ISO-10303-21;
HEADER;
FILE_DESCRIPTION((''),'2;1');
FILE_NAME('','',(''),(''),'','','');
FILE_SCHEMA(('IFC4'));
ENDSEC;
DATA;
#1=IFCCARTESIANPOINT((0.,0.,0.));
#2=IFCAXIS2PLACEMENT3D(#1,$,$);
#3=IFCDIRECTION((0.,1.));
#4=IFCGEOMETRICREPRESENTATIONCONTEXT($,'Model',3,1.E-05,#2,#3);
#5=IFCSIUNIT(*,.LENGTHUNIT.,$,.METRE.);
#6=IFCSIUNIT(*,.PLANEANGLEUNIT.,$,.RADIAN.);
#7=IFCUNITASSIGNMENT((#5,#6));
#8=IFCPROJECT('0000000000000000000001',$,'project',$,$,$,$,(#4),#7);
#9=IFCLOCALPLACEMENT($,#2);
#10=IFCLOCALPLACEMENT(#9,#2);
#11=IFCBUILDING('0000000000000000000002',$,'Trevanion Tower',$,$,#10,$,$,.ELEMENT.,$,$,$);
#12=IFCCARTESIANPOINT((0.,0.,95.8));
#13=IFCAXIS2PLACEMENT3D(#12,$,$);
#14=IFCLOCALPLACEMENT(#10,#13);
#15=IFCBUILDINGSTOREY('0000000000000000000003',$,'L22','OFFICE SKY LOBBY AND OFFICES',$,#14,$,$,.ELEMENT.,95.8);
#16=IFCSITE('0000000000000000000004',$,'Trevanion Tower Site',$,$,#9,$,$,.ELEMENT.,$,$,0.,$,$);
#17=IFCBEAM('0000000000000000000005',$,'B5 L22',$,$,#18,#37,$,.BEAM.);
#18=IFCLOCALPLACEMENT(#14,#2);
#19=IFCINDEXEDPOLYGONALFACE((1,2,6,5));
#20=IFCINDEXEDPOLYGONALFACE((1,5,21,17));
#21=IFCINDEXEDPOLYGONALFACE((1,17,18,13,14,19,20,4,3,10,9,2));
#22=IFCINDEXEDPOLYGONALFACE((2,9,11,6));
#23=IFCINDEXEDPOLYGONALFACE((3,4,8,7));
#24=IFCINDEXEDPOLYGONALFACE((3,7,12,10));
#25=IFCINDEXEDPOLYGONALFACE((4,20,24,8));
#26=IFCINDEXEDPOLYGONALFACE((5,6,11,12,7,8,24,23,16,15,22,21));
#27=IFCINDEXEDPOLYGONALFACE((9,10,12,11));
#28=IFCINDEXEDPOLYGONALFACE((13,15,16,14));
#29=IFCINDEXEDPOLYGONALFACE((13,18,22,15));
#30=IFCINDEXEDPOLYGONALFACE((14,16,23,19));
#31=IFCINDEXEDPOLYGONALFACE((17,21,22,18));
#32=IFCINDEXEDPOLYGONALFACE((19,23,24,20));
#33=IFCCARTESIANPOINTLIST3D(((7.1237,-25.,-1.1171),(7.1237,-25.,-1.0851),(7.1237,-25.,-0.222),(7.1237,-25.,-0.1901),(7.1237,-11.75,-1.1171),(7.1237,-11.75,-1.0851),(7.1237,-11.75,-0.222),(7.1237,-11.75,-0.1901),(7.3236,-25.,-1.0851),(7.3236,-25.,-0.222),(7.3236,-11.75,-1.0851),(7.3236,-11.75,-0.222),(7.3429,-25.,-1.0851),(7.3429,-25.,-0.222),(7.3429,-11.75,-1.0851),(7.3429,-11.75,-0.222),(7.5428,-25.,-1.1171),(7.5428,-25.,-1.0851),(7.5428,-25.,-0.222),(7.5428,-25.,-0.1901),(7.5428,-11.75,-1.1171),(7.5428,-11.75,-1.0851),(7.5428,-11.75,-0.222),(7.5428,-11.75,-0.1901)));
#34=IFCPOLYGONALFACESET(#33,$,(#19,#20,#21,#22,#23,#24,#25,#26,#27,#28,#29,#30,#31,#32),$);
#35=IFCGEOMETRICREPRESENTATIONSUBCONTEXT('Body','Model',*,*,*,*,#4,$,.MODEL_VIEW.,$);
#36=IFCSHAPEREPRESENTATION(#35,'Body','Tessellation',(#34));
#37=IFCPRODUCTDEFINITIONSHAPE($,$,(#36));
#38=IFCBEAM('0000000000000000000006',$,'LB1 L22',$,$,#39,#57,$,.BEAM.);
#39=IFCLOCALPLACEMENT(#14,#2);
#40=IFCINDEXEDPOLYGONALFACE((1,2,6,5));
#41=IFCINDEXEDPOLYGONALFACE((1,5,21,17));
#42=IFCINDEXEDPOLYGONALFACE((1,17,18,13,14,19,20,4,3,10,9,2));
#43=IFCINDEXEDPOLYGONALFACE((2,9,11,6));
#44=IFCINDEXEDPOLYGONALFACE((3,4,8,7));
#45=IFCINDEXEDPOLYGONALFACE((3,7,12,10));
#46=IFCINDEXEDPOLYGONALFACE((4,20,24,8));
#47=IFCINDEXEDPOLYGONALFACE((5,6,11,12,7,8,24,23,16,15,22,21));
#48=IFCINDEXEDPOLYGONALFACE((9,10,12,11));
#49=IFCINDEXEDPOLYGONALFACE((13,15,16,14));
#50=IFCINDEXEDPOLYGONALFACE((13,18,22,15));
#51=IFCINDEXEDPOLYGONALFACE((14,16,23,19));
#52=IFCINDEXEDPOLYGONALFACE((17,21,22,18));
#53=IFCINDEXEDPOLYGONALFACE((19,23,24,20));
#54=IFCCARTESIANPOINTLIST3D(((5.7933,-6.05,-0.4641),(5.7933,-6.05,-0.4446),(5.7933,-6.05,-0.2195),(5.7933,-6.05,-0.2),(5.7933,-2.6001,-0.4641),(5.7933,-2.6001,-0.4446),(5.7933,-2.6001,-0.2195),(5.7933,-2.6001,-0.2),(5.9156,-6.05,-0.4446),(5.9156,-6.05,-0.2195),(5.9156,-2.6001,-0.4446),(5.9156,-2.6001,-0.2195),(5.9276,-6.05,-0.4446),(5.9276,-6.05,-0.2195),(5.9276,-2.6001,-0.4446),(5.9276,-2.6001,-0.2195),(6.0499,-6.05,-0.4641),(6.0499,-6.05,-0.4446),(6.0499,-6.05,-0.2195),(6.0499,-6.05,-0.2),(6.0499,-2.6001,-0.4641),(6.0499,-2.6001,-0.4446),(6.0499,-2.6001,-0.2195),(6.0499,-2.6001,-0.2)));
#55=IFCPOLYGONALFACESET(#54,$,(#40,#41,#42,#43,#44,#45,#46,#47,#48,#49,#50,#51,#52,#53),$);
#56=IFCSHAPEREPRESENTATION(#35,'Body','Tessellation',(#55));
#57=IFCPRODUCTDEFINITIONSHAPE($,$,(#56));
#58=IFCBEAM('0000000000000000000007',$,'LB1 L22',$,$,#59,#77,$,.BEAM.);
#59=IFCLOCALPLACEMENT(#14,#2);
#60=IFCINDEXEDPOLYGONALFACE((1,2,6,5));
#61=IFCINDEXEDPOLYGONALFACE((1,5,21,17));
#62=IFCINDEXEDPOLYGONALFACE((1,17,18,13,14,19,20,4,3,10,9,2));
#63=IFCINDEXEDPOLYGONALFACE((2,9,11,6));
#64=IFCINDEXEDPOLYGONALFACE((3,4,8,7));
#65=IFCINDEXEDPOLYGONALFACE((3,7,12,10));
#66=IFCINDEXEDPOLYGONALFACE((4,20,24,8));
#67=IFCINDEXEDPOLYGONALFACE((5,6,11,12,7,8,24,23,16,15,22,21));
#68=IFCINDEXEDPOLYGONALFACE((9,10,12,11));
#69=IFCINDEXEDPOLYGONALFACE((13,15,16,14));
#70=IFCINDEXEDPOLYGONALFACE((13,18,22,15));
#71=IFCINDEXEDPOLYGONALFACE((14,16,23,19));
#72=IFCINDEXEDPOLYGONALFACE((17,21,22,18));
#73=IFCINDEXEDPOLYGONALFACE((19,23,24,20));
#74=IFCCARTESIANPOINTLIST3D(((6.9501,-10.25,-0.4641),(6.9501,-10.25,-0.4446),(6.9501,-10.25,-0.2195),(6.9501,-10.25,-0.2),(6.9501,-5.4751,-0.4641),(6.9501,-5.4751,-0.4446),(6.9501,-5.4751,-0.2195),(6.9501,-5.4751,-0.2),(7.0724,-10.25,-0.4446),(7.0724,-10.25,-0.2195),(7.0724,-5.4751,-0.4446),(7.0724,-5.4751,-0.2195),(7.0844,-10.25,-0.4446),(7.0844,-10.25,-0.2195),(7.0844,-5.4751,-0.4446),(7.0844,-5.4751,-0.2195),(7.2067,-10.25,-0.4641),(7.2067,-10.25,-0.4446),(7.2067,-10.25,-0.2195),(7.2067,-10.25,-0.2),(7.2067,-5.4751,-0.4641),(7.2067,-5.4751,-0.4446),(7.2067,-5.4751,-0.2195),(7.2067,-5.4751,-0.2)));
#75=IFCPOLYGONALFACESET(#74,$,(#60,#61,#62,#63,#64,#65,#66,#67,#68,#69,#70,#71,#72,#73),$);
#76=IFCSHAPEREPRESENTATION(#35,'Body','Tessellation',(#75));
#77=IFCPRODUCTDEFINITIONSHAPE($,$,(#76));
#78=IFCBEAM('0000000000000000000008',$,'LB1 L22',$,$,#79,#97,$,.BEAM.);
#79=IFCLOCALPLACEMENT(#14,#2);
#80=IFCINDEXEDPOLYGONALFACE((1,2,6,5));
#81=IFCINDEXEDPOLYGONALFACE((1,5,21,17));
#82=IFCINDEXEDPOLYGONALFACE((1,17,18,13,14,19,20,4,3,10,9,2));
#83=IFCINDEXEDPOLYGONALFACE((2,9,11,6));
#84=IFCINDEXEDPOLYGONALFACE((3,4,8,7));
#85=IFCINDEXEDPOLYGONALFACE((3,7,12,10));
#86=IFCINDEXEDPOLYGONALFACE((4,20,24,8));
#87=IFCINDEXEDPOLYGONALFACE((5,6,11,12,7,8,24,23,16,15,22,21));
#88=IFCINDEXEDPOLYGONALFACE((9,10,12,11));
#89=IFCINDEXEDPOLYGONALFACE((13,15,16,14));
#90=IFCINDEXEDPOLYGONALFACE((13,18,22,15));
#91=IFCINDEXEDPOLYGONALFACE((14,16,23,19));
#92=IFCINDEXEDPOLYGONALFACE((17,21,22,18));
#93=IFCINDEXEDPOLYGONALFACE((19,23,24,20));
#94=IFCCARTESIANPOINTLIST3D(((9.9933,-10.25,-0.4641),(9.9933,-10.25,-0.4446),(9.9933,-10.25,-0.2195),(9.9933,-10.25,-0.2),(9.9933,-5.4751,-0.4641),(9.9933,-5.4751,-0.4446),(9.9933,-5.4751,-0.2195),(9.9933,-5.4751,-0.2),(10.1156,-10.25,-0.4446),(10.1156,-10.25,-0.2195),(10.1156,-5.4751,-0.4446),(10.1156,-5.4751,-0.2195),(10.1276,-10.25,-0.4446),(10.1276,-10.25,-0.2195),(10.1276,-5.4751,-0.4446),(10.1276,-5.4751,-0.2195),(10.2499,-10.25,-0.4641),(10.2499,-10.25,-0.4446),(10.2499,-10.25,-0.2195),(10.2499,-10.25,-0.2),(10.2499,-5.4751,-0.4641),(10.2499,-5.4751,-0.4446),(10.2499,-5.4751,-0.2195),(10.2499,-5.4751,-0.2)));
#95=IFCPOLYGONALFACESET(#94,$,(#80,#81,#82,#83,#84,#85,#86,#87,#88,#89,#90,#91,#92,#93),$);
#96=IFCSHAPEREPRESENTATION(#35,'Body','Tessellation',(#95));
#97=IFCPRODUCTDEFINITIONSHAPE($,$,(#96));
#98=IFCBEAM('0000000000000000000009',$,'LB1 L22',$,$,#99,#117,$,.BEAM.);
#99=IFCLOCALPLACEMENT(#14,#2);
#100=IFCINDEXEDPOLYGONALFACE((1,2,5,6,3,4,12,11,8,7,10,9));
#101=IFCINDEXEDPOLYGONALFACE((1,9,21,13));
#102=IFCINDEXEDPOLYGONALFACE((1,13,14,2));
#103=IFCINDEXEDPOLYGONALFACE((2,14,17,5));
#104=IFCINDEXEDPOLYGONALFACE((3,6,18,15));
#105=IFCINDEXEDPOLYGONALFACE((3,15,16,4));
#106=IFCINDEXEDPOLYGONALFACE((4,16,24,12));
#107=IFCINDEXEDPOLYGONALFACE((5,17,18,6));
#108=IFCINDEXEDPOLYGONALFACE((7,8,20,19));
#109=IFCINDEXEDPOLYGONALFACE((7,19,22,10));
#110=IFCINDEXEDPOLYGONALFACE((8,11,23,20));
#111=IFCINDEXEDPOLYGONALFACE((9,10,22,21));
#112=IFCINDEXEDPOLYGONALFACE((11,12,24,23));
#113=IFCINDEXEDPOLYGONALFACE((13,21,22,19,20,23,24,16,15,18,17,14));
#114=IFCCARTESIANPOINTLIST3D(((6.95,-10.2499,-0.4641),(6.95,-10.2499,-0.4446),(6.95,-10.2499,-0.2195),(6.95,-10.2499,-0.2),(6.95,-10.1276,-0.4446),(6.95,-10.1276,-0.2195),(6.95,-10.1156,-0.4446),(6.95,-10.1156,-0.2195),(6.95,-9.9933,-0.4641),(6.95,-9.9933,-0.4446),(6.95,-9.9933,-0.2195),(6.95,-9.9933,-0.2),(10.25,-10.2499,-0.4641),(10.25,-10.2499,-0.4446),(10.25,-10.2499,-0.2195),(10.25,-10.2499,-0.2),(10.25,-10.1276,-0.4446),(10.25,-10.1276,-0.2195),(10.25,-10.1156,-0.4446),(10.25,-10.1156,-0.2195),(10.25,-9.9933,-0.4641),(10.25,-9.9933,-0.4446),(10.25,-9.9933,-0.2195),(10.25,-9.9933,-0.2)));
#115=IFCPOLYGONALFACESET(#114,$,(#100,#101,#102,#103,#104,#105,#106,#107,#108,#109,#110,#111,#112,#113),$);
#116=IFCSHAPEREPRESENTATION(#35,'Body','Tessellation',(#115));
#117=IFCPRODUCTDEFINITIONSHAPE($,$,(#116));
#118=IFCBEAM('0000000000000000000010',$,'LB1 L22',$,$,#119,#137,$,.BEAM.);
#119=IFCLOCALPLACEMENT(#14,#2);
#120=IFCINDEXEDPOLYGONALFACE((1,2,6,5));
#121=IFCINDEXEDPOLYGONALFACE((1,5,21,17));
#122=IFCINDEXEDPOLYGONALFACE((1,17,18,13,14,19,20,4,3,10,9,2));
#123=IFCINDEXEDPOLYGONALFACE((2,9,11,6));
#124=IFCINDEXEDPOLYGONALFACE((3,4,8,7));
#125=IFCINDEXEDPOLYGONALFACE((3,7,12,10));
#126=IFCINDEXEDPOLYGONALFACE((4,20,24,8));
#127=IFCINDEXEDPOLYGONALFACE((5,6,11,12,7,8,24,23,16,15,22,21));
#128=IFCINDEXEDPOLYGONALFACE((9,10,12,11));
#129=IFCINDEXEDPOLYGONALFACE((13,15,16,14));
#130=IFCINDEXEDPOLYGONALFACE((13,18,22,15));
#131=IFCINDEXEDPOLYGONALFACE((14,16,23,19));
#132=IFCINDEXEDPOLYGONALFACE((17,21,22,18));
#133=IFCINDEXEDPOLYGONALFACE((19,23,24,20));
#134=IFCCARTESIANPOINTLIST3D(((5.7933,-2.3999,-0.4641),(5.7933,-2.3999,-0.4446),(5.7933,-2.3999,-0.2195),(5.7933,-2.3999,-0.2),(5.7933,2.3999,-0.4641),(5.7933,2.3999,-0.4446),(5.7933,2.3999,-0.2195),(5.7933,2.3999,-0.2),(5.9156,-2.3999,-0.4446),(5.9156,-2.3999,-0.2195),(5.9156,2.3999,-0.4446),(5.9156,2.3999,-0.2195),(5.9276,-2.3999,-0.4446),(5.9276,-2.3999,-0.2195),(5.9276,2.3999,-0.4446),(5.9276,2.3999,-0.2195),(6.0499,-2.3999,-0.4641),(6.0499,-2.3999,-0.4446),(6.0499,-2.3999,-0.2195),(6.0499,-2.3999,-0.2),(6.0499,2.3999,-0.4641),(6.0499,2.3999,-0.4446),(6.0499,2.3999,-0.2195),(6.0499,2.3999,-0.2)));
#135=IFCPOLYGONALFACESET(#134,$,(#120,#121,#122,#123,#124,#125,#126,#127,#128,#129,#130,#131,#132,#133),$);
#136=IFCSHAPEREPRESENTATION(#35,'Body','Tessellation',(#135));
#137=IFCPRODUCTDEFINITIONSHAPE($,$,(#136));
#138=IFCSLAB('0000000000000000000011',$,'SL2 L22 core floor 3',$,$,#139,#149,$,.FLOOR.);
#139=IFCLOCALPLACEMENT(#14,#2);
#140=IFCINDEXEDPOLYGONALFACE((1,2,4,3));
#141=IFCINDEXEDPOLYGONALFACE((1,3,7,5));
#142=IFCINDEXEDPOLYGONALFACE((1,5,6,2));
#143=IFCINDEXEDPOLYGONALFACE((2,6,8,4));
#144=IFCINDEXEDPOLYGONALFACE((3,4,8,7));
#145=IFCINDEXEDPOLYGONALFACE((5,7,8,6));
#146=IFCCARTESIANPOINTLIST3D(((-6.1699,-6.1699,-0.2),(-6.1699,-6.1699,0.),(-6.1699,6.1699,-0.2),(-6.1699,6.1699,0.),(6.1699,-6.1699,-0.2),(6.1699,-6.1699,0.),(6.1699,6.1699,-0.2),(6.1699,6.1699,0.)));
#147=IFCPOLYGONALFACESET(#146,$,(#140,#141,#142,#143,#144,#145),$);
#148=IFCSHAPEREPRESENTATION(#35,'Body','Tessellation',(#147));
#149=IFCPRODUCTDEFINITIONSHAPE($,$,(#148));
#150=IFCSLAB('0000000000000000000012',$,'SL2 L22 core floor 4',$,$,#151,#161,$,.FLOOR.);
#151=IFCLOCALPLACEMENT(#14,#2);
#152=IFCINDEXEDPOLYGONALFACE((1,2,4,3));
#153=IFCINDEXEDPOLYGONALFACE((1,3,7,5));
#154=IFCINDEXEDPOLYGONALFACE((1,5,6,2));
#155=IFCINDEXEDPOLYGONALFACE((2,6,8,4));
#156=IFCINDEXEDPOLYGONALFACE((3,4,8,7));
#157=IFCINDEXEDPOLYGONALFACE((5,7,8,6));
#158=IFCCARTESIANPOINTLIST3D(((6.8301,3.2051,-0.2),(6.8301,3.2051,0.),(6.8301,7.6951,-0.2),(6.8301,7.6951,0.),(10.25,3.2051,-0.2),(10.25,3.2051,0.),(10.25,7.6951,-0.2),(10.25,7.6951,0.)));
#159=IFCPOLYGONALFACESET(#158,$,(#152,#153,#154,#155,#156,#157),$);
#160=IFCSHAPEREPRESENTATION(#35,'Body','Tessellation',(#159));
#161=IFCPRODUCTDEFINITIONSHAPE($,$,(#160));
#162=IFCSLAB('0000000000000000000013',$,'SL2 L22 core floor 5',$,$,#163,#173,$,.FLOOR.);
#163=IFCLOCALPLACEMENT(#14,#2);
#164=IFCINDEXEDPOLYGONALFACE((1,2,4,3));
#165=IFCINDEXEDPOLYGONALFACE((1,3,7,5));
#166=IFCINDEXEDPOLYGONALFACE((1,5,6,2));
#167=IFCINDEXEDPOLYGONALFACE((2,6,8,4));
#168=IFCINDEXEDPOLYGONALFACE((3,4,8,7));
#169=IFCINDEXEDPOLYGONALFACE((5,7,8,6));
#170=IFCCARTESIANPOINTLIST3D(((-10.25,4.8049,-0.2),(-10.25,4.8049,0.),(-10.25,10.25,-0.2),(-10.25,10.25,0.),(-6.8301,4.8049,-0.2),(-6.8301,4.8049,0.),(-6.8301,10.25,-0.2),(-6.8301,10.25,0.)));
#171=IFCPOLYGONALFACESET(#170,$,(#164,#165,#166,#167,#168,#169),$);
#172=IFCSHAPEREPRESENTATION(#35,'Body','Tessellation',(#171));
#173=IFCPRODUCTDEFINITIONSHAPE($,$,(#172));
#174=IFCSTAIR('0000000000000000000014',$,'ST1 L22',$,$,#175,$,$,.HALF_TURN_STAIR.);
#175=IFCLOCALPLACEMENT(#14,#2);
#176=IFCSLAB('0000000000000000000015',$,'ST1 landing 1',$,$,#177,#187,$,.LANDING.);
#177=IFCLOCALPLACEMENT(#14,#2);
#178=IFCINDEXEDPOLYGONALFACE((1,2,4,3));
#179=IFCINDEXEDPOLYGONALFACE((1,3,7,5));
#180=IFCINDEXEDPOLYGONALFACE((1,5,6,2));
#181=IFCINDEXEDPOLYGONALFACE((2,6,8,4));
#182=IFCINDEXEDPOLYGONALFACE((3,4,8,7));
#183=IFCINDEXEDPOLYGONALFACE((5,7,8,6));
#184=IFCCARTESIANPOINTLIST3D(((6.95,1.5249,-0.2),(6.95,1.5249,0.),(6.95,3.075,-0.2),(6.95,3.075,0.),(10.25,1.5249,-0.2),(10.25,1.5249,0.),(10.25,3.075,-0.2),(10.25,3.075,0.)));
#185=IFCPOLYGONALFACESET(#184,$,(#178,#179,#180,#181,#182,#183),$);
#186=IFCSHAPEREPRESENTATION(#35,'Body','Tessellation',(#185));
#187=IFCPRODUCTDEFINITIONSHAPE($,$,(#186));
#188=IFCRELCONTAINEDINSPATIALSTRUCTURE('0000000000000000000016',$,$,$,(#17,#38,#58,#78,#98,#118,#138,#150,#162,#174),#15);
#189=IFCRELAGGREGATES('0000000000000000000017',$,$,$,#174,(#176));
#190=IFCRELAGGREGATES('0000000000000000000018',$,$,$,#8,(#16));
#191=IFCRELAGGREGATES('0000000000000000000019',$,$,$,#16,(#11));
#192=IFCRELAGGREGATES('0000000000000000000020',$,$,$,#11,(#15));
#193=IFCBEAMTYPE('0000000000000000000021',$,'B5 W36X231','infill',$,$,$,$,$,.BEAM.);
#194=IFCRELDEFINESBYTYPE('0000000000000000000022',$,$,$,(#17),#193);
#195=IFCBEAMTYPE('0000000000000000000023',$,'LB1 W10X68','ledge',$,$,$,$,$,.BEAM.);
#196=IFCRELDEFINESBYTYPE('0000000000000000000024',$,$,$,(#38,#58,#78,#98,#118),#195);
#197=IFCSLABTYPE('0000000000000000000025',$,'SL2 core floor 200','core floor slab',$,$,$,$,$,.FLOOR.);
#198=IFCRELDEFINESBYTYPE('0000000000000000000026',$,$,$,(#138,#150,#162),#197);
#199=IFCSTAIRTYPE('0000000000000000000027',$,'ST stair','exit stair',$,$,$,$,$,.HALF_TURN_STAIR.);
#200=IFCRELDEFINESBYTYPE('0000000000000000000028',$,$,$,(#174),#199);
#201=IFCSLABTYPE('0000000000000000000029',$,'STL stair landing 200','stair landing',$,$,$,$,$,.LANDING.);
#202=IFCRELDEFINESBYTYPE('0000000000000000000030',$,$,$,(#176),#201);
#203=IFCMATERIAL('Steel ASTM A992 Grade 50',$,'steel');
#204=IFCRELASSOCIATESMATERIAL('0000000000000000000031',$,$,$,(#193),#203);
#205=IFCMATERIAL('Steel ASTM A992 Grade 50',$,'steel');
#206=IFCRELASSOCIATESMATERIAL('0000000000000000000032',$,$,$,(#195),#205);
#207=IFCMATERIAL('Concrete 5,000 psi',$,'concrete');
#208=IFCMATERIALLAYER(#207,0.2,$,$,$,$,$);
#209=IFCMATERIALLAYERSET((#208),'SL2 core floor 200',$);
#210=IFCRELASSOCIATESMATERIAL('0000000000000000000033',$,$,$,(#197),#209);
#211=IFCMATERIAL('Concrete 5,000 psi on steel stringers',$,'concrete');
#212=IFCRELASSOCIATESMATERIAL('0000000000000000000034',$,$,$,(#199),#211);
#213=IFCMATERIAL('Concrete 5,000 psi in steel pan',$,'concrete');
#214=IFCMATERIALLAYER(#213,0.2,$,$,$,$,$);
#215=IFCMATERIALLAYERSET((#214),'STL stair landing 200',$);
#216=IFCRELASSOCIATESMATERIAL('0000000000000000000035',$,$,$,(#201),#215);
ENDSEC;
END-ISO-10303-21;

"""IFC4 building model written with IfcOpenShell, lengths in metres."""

from ifc_helpers import new_model, si_unit, direction, frame, origin, origin_2d, place, context, subcontext, project, spatial, polyline, i_section, outline, extrude, material, layer, layer_set, material_profile, profile_set, type_object, element, aggregate, save


model = new_model("IFC4")

# Units and contexts
model_context = context("Model", 3, precision=1e-05, world=origin(), true_north=direction((0.0, 1.0)))
body_context = subcontext(model_context, "Body", "Model", "MODEL_VIEW")
ifc_project = project(units=[si_unit("LENGTHUNIT", "METRE"), si_unit("PLANEANGLEUNIT", "RADIAN")], contexts=[model_context])

# Site, building, storey
site_placement = place(None, origin())
site = spatial("IfcSite", under=ifc_project, at=site_placement, Name="Trevanion Tower Site", CompositionType="ELEMENT", RefElevation=0.0)
building_placement = place(site_placement, origin())
building = spatial("IfcBuilding", under=site, at=building_placement, Name="Trevanion Tower", CompositionType="ELEMENT")
storey_placement = place(building_placement, frame((0.0, 0.0, 95.8)))
storey = spatial("IfcBuildingStorey", under=building, at=storey_placement, Name="L22", Description="OFFICE SKY LOBBY AND OFFICES", CompositionType="ELEMENT", Elevation=95.8)

# Beams
ifc_material_1 = material(Name="Steel ASTM A992 Grade 50", Category="steel")
ifc_material_profile_1 = material_profile(ifc_material_1, i_section(OverallWidth=0.4192, OverallDepth=0.927, WebThickness=0.0193, FlangeThickness=0.032, at=origin_2d()), Name="W36X231")
ifc_profile_set_1 = profile_set([ifc_material_profile_1], Name="Steel ASTM A992 Grade 50")
beam_type_1 = type_object("IfcBeamType", Name="B5 W36X231", Description="infill", PredefinedType="BEAM", material=ifc_profile_set_1)
beam_1_placement = place(storey_placement, frame((7.3333, -11.75, -0.6536), z_axis=(0.0, -1.0, 0.0), x_axis=(1.0, 0.0, 0.0)))
element("IfcBeam", 1, at=beam_1_placement, inside=storey, type_object=beam_type_1, Name="B5 L22", PredefinedType="BEAM", context=body_context, shape_type="SweptSolid", body=[
    extrude(i_section(OverallWidth=0.4192, OverallDepth=0.927, WebThickness=0.0193, FlangeThickness=0.032, at=origin_2d()), origin(), (0.0, 0.0, 1.0), 13.25),
])
ifc_material_2 = material(Name="Steel ASTM A992 Grade 50", Category="steel")
ifc_material_profile_2 = material_profile(ifc_material_2, i_section(OverallWidth=0.2566, OverallDepth=0.2642, WebThickness=0.012, FlangeThickness=0.0195, at=origin_2d()), Name="W10X68")
ifc_profile_set_2 = profile_set([ifc_material_profile_2], Name="Steel ASTM A992 Grade 50")
beam_type_2 = type_object("IfcBeamType", Name="LB1 W10X68", Description="ledge", PredefinedType="BEAM", material=ifc_profile_set_2)
beam_2_placement = place(storey_placement, frame((5.9216, -6.05, -0.332), z_axis=(0.0, 1.0, 0.0), x_axis=(-1.0, 0.0, 0.0)))
element("IfcBeam", 2, at=beam_2_placement, inside=storey, type_object=beam_type_2, Name="LB1 L22", PredefinedType="BEAM", context=body_context, shape_type="SweptSolid", body=[
    extrude(i_section(OverallWidth=0.2566, OverallDepth=0.2642, WebThickness=0.012, FlangeThickness=0.0195, at=origin_2d()), origin(), (0.0, 0.0, 1.0), 3.45),
])
for number, where, z_axis, x_axis, name in (
    (3, (7.0784, -10.25, -0.332), (0.0, 1.0, 0.0), (-1.0, 0.0, 0.0), "LB1 L22"),
    (4, (10.1216, -10.25, -0.332), (0.0, 1.0, 0.0), (-1.0, 0.0, 0.0), "LB1 L22"),
):
    element("IfcBeam", number, at=place(storey_placement, frame(where, z_axis=z_axis, x_axis=x_axis)), inside=storey, type_object=beam_type_2, Name=name, PredefinedType="BEAM", context=body_context, shape_type="SweptSolid", body=[
        extrude(i_section(OverallWidth=0.2566, OverallDepth=0.2642, WebThickness=0.012, FlangeThickness=0.0195, at=origin_2d()), origin(), (0.0, 0.0, 1.0), 4.7749),
    ])
beam_3_placement = place(storey_placement, frame((6.95, -10.1216, -0.332), z_axis=(1.0, 0.0, 0.0), x_axis=(0.0, 1.0, 0.0)))
element("IfcBeam", 5, at=beam_3_placement, inside=storey, type_object=beam_type_2, Name="LB1 L22", PredefinedType="BEAM", context=body_context, shape_type="SweptSolid", body=[
    extrude(i_section(OverallWidth=0.2566, OverallDepth=0.2642, WebThickness=0.012, FlangeThickness=0.0195, at=origin_2d()), origin(), (0.0, 0.0, 1.0), 3.3),
])
beam_4_placement = place(storey_placement, frame((5.9216, -2.3999, -0.332), z_axis=(0.0, 1.0, 0.0), x_axis=(-1.0, 0.0, 0.0)))
element("IfcBeam", 6, at=beam_4_placement, inside=storey, type_object=beam_type_2, Name="LB1 L22", PredefinedType="BEAM", context=body_context, shape_type="SweptSolid", body=[
    extrude(i_section(OverallWidth=0.2566, OverallDepth=0.2642, WebThickness=0.012, FlangeThickness=0.0195, at=origin_2d()), origin(), (0.0, 0.0, 1.0), 4.7998),
])

# Slabs
ifc_material_3 = material(Name="Concrete 5,000 psi", Category="concrete")
ifc_layer_1 = layer(ifc_material_3, 0.2)
ifc_layer_set_1 = layer_set([ifc_layer_1], Name="SL2 core floor 200")
slab_type_1 = type_object("IfcSlabType", Name="SL2 core floor 200", Description="core floor slab", PredefinedType="FLOOR", material=ifc_layer_set_1)
slab_1_placement = place(storey_placement, frame((0.0, 0.0, -0.2)))
element("IfcSlab", 7, at=slab_1_placement, inside=storey, type_object=slab_type_1, Name="SL2 L22 core floor 3", PredefinedType="FLOOR", context=body_context, shape_type="SweptSolid", body=[
    extrude(outline(polyline([(6.1699, -6.1699), (-6.1699, -6.1699), (-6.1699, 6.1699), (6.1699, 6.1699), (6.1699, -6.1699)])), origin(), (0.0, 0.0, 1.0), 0.2),
])
slab_2_placement = place(storey_placement, frame((0.0, 0.0, -0.2)))
element("IfcSlab", 8, at=slab_2_placement, inside=storey, type_object=slab_type_1, Name="SL2 L22 core floor 4", PredefinedType="FLOOR", context=body_context, shape_type="SweptSolid", body=[
    extrude(outline(polyline([(6.8301, 3.2051), (6.8301, 7.6951), (10.25, 7.6951), (10.25, 3.2051), (6.8301, 3.2051)])), origin(), (0.0, 0.0, 1.0), 0.2),
])
slab_3_placement = place(storey_placement, frame((0.0, 0.0, -0.2)))
element("IfcSlab", 9, at=slab_3_placement, inside=storey, type_object=slab_type_1, Name="SL2 L22 core floor 5", PredefinedType="FLOOR", context=body_context, shape_type="SweptSolid", body=[
    extrude(outline(polyline([(-6.8301, 4.8049), (-10.25, 4.8049), (-10.25, 10.25), (-6.8301, 10.25), (-6.8301, 4.8049)])), origin(), (0.0, 0.0, 1.0), 0.2),
])

# Stair, slab
ifc_material_4 = material(Name="Concrete 5,000 psi on steel stringers", Category="concrete")
stair_type = type_object("IfcStairType", Name="ST stair", Description="exit stair", PredefinedType="HALF_TURN_STAIR", material=ifc_material_4)
stair_1_placement = place(storey_placement, origin())
stair_1 = element("IfcStair", 10, at=stair_1_placement, inside=storey, type_object=stair_type, Name="ST1 L22", PredefinedType="HALF_TURN_STAIR")
ifc_material_5 = material(Name="Concrete 5,000 psi in steel pan", Category="concrete")
ifc_layer_2 = layer(ifc_material_5, 0.2)
ifc_layer_set_2 = layer_set([ifc_layer_2], Name="STL stair landing 200")
slab_type_2 = type_object("IfcSlabType", Name="STL stair landing 200", Description="stair landing", PredefinedType="LANDING", material=ifc_layer_set_2)
slab_4_placement = place(storey_placement, frame((0.0, 0.0, -0.2)))
slab_4 = element("IfcSlab", 11, at=slab_4_placement, type_object=slab_type_2, Name="ST1 landing 1", PredefinedType="LANDING", context=body_context, shape_type="SweptSolid", body=[
    extrude(outline(polyline([(6.95, 1.5249), (10.25, 1.5249), (10.25, 3.075), (6.95, 3.075), (6.95, 1.5249)])), origin(), (0.0, 0.0, 1.0), 0.2),
])

aggregate(stair_1, [slab_4])

save(model, "model.ifc")
